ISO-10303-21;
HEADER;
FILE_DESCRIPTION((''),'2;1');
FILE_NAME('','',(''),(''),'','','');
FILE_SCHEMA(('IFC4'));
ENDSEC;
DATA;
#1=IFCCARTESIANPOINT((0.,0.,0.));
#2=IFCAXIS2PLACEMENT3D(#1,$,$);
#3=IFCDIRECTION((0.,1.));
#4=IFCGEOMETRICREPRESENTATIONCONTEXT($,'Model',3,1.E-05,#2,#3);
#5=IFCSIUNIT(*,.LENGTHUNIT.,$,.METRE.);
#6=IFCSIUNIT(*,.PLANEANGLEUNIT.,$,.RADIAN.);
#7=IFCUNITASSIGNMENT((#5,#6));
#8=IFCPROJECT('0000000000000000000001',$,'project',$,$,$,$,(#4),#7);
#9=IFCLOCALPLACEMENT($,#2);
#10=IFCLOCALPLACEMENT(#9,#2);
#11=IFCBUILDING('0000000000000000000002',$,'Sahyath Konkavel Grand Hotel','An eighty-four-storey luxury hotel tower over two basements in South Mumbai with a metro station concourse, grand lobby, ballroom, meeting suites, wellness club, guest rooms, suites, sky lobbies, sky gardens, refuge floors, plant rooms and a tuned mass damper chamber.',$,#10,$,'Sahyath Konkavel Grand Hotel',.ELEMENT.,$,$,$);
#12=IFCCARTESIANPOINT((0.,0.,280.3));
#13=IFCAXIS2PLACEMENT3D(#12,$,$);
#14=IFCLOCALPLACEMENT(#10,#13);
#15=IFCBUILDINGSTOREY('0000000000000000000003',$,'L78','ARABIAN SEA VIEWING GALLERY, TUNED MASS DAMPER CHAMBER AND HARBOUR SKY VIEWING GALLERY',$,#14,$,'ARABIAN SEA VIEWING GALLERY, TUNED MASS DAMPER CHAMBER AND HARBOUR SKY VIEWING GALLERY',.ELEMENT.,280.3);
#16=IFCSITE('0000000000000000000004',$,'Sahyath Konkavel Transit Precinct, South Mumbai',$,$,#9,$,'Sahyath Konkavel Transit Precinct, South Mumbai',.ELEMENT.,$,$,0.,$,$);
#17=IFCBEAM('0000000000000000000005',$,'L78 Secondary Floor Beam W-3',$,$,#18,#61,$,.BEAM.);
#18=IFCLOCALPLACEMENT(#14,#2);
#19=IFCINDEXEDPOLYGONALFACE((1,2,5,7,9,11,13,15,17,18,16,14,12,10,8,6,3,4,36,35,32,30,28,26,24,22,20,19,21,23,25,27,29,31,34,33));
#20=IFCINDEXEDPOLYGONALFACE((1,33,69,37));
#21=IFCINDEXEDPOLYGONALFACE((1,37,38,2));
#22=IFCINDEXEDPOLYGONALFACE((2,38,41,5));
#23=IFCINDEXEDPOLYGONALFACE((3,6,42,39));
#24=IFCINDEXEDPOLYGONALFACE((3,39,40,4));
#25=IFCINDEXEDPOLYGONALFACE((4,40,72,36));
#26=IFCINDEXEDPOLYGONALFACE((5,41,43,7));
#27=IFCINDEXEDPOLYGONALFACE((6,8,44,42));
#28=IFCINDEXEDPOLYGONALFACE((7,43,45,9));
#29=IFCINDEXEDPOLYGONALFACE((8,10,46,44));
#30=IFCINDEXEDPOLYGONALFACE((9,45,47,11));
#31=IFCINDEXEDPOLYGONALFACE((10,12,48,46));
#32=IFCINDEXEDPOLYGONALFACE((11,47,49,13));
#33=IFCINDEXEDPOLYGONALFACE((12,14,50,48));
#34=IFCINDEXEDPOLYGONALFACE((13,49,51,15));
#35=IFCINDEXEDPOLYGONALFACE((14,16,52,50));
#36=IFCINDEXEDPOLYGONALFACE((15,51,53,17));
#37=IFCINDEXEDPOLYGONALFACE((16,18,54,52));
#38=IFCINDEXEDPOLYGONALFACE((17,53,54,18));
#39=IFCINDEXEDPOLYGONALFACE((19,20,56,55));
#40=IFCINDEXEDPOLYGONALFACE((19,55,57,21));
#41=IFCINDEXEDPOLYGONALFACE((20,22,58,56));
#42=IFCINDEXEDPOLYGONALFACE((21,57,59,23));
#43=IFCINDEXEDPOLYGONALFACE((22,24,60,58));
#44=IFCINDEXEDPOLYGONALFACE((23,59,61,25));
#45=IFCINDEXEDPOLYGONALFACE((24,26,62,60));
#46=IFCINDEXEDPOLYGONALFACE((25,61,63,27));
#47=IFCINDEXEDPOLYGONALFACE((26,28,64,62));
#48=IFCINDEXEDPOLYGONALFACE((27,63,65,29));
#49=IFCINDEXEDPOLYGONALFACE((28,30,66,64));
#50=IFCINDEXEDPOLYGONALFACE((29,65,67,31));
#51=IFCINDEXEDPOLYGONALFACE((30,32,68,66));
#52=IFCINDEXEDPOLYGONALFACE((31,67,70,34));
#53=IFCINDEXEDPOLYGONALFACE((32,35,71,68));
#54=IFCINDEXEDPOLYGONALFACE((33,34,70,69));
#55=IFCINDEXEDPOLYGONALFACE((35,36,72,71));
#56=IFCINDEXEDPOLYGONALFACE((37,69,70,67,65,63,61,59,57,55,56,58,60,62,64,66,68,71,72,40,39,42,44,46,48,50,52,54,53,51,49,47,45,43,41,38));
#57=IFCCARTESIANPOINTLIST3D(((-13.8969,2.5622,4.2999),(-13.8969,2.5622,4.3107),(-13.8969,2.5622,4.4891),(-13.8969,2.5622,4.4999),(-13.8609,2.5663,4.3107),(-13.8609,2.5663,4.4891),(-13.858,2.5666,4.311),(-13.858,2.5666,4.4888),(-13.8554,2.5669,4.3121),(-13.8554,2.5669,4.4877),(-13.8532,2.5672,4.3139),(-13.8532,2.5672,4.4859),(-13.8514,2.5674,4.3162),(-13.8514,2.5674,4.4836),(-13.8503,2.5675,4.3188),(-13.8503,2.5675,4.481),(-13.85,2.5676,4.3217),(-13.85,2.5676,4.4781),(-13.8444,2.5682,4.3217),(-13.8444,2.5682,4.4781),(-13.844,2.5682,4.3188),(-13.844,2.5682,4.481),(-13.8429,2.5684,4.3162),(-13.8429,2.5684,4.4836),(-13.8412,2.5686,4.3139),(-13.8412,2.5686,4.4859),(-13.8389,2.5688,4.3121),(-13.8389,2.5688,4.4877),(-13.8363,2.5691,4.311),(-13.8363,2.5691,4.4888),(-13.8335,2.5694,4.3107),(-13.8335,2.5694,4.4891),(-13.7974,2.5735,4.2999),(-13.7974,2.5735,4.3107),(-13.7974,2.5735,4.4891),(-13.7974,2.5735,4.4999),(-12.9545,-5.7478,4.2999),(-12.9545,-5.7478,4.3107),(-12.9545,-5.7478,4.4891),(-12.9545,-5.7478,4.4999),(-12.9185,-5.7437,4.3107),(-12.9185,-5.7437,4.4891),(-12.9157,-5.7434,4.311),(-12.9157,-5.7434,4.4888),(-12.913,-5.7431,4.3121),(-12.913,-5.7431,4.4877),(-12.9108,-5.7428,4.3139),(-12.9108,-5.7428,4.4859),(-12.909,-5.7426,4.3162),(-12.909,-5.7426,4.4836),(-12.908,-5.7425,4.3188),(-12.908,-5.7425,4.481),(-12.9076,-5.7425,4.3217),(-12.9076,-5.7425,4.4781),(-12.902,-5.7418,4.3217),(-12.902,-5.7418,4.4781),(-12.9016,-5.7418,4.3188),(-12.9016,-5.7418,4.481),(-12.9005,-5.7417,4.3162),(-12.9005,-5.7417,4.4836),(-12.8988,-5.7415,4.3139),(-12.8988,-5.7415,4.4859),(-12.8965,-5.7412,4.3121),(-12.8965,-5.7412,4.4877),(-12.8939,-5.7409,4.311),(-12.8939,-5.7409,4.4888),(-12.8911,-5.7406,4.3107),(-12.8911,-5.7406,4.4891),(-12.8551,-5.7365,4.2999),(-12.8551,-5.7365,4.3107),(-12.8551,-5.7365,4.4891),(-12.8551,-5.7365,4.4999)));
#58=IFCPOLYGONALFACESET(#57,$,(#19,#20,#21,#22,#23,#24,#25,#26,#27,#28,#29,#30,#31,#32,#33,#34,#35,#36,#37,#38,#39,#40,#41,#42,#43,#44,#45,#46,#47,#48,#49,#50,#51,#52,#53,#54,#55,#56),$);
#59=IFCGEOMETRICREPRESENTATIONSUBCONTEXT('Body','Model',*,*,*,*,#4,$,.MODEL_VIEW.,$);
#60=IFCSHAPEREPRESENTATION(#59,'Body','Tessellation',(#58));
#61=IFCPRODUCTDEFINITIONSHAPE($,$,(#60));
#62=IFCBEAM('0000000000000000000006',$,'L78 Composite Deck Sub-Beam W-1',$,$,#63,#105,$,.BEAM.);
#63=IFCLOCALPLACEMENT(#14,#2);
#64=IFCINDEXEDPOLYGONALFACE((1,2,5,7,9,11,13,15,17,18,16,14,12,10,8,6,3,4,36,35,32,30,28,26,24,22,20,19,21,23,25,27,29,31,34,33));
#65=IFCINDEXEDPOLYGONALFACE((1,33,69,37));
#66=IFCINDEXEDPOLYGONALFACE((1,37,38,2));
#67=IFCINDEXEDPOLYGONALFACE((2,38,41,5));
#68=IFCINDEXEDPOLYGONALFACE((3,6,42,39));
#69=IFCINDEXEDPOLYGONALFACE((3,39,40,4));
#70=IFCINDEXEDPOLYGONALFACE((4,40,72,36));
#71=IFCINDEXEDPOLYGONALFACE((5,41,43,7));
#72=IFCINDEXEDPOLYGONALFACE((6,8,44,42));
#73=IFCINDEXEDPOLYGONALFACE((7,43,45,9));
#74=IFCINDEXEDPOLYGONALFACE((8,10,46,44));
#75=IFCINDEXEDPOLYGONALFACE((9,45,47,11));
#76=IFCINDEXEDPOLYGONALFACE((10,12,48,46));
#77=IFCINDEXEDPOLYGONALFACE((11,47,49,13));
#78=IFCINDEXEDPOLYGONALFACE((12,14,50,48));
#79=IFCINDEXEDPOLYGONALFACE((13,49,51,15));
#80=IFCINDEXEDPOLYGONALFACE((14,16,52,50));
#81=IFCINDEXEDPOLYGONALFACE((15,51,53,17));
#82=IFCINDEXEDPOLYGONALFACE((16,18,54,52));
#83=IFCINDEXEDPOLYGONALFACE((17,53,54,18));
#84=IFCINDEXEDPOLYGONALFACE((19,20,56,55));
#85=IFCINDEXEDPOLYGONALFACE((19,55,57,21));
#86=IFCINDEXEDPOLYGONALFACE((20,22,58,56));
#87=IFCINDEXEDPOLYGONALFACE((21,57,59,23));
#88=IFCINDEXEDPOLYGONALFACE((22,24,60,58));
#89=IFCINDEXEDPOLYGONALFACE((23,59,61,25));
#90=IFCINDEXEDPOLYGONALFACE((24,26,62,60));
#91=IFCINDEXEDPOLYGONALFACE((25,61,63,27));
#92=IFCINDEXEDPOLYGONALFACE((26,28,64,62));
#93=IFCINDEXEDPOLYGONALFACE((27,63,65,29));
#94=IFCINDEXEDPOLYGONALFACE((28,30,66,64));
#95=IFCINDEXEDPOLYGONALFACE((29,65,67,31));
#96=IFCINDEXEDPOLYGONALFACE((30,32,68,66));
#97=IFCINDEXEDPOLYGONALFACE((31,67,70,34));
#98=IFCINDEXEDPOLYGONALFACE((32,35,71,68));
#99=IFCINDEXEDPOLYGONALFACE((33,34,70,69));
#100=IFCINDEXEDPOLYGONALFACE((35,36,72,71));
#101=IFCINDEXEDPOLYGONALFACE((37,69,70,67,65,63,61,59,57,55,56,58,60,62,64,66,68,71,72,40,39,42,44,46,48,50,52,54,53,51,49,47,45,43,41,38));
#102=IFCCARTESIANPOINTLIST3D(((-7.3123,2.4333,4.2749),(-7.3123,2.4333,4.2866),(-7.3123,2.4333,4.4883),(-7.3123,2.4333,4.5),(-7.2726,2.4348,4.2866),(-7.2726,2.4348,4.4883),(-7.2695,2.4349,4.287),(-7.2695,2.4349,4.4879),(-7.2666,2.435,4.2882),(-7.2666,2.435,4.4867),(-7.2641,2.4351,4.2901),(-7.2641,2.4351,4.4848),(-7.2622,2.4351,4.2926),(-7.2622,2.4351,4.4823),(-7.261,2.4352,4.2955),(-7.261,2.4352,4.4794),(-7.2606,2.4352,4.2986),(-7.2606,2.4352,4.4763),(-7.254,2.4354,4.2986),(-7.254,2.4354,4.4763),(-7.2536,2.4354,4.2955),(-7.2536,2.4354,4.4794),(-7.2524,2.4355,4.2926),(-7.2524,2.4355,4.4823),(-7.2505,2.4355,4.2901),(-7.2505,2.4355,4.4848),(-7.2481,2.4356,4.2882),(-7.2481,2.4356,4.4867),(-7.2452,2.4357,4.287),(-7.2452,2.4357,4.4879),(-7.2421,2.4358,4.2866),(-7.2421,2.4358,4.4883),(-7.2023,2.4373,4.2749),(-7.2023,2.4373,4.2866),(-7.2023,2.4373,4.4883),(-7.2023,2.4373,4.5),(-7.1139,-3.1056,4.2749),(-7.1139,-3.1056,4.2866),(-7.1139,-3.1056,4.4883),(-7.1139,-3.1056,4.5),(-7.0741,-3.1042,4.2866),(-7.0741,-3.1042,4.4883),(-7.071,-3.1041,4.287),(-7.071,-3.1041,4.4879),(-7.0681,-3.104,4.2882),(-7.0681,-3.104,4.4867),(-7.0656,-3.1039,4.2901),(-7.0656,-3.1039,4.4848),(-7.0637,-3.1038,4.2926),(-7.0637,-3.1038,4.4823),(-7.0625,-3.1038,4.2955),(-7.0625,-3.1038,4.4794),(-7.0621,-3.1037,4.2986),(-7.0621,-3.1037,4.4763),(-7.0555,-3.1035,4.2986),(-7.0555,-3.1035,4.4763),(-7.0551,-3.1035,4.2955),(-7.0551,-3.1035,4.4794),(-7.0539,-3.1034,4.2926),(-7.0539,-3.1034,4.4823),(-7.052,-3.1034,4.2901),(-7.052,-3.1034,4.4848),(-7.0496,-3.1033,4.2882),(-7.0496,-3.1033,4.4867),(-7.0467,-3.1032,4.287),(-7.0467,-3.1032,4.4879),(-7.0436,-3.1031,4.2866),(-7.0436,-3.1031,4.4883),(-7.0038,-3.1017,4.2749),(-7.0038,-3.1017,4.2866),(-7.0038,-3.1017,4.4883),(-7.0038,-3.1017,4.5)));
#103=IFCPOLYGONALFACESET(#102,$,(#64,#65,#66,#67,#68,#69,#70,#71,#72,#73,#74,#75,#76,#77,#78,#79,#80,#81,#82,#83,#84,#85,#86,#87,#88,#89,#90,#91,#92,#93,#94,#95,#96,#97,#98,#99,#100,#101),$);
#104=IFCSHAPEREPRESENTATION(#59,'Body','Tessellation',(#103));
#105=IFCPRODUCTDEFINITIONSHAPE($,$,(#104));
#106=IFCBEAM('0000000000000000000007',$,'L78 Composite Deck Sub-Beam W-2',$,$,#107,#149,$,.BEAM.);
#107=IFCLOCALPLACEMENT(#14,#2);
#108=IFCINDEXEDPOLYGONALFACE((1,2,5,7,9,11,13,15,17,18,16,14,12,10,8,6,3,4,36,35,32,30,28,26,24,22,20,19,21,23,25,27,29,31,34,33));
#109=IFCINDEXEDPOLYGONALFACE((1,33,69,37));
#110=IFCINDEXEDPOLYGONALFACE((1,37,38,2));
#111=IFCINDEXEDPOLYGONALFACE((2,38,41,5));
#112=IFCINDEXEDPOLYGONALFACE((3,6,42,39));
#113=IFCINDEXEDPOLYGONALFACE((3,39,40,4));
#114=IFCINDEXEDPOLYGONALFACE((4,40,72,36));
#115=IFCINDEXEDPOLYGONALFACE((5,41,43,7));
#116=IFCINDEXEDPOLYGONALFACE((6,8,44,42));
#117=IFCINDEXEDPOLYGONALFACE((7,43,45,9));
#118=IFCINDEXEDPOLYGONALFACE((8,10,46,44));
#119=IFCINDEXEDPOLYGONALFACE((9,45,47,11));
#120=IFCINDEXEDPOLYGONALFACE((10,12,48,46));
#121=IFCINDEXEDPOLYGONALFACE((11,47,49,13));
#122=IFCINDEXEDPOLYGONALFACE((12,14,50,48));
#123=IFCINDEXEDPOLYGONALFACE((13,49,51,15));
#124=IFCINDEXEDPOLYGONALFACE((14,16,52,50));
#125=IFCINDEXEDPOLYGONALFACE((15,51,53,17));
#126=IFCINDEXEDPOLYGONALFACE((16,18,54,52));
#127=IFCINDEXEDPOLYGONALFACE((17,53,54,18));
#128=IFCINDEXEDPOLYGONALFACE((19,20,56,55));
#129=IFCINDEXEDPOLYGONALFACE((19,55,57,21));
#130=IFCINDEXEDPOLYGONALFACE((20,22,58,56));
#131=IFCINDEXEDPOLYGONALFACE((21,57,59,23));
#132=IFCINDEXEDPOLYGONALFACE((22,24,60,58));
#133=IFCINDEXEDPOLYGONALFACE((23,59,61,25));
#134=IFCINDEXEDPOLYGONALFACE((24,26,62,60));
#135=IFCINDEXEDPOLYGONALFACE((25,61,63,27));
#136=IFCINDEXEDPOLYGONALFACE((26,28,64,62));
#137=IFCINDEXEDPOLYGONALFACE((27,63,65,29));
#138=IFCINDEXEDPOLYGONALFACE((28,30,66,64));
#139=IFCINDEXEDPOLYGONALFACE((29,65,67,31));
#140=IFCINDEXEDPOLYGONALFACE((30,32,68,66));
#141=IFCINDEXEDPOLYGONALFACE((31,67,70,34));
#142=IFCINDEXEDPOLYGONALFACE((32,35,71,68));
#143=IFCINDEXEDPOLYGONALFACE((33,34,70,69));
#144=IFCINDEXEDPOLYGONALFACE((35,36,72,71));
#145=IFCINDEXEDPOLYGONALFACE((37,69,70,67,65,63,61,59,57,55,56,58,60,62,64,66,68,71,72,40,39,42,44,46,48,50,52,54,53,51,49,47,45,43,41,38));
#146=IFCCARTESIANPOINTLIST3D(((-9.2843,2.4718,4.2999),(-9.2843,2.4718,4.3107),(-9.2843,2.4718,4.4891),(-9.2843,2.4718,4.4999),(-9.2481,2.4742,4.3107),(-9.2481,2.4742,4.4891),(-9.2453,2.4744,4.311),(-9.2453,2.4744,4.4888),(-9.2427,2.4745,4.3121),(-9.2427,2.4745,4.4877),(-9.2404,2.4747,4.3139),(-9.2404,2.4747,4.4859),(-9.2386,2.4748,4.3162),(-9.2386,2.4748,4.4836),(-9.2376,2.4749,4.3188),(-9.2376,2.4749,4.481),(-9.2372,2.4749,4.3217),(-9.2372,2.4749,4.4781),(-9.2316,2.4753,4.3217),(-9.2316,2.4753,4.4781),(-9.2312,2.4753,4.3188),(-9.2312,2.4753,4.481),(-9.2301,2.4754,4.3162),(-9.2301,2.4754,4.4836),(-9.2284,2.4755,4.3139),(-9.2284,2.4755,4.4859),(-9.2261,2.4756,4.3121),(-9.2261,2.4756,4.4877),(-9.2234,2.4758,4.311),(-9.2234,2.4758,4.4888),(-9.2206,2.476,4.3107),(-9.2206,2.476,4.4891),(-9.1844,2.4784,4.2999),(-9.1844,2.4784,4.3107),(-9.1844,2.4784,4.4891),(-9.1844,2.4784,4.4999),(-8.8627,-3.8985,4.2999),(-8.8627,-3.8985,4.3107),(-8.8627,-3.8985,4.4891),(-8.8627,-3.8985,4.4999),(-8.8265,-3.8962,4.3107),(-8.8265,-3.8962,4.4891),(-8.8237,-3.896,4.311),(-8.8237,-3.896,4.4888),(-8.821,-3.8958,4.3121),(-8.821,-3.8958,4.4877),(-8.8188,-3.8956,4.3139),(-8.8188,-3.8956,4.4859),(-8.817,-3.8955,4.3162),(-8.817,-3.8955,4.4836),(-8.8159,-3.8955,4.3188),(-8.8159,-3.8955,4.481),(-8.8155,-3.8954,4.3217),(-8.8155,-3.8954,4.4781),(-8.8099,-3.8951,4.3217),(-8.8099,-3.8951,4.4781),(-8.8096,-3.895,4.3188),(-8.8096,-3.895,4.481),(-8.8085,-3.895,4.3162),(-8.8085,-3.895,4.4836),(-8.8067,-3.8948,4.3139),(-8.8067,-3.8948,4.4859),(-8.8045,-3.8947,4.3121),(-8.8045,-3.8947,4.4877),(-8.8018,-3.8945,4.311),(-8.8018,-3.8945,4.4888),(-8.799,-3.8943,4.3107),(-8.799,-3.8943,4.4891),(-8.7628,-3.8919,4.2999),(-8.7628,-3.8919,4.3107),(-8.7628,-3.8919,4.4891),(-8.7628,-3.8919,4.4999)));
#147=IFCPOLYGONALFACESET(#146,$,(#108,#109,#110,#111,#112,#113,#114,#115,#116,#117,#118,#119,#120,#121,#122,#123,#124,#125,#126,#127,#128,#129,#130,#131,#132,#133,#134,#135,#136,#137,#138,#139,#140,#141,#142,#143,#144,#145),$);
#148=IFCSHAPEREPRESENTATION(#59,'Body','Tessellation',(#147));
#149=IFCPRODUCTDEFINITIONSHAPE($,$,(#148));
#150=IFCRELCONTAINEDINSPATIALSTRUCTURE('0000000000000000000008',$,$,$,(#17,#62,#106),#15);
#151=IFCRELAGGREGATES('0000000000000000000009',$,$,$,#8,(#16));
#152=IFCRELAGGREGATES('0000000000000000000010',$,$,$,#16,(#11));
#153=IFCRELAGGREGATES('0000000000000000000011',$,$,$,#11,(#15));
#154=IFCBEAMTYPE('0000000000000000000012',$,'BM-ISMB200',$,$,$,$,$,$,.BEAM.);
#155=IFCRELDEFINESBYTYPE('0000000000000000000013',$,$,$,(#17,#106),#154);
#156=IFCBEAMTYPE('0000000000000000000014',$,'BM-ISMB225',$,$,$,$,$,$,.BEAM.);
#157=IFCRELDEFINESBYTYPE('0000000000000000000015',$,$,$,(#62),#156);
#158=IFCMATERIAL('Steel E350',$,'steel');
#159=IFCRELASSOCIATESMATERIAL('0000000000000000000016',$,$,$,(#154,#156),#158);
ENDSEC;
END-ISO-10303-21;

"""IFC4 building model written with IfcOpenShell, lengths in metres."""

from ifc_helpers import new_model, si_unit, direction, frame, origin, origin_2d, place, context, subcontext, project, spatial, i_section, extrude, source, transform, mapped, material, material_profile, profile_set, type_object, element, save


model = new_model("IFC4")

# Units and contexts
model_context = context("Model", 3, precision=1e-05, world=origin(), true_north=direction((0.0, 1.0)))
body_context = subcontext(model_context, "Body", "Model", "MODEL_VIEW")
ifc_project = project(units=[si_unit("LENGTHUNIT", "METRE"), si_unit("PLANEANGLEUNIT", "RADIAN")], contexts=[model_context])

# Site, building, storey
site_placement = place(None, origin())
site = spatial("IfcSite", under=ifc_project, at=site_placement, Name="Sahyath Konkavel Transit Precinct, South Mumbai", LongName="Sahyath Konkavel Transit Precinct, South Mumbai", CompositionType="ELEMENT", RefElevation=0.0)
building_placement = place(site_placement, origin())
building = spatial("IfcBuilding", under=site, at=building_placement, Name="Sahyath Konkavel Grand Hotel", Description="An eighty-four-storey luxury hotel tower over two basements in South Mumbai with a metro station concourse, grand lobby, ballroom, meeting suites, wellness club, guest rooms, suites, sky lobbies, sky gardens, refuge floors, plant rooms and a tuned mass damper chamber.", LongName="Sahyath Konkavel Grand Hotel", CompositionType="ELEMENT")
storey_placement = place(building_placement, frame((0.0, 0.0, 280.3)))
storey = spatial("IfcBuildingStorey", under=building, at=storey_placement, Name="L78", Description="ARABIAN SEA VIEWING GALLERY, TUNED MASS DAMPER CHAMBER AND HARBOUR SKY VIEWING GALLERY", LongName="ARABIAN SEA VIEWING GALLERY, TUNED MASS DAMPER CHAMBER AND HARBOUR SKY VIEWING GALLERY", CompositionType="ELEMENT", Elevation=280.3)

# Beams
ifc_material_1 = material(Name="Steel E350", Category="steel")
ifc_material_profile_1 = material_profile(ifc_material_1, i_section(OverallWidth=0.1001, OverallDepth=0.2, WebThickness=0.0056, FlangeThickness=0.0107, FilletRadius=0.011, at=origin_2d()), Name="ISMB 200")
ifc_profile_set_1 = profile_set([ifc_material_profile_1], Name="Steel E350")
beam_type_1 = type_object("IfcBeamType", Name="BM-ISMB200", PredefinedType="BEAM", material=ifc_profile_set_1)
shared_shape_1 = source(origin(), body_context, "Body", "SweptSolid", [
    extrude(i_section(OverallWidth=0.1001, OverallDepth=0.2, WebThickness=0.0056, FlangeThickness=0.0107, FilletRadius=0.011, at=origin_2d()), origin(), (0.0, 0.0, 1.0), 8.3633),
])
beam_1_placement = place(storey_placement, frame((-13.8472, 2.5679, 4.3999), z_axis=(0.11268, -0.993631, 0.0), x_axis=(0.993631, 0.11268, 0.0)))
element("IfcBeam", 1, at=beam_1_placement, inside=storey, type_object=beam_type_1, Name="L78 Secondary Floor Beam W-3", PredefinedType="BEAM", context=body_context, shape_type="MappedRepresentation", body=[
    mapped(shared_shape_1, transform((0.0, 0.0, 0.0), scale=1.0)),
])
ifc_material_profile_2 = material_profile(ifc_material_1, i_section(OverallWidth=0.1101, OverallDepth=0.2251, WebThickness=0.0066, FlangeThickness=0.0117, FilletRadius=0.012, at=origin_2d()), Name="ISMB 225")
ifc_profile_set_2 = profile_set([ifc_material_profile_2], Name="Steel E350")
beam_type_2 = type_object("IfcBeamType", Name="BM-ISMB225", PredefinedType="BEAM", material=ifc_profile_set_2)
shared_shape_2 = source(origin(), body_context, "Body", "SweptSolid", [
    extrude(i_section(OverallWidth=0.1101, OverallDepth=0.2251, WebThickness=0.0066, FlangeThickness=0.0117, FilletRadius=0.012, at=origin_2d()), origin(), (0.0, 0.0, 1.0), 5.5425),
])
beam_2_placement = place(storey_placement, frame((-7.2573, 2.4353, 4.3875), z_axis=(0.035813, -0.999359, 0.0), x_axis=(0.999359, 0.035813, 0.0)))
element("IfcBeam", 2, at=beam_2_placement, inside=storey, type_object=beam_type_2, Name="L78 Composite Deck Sub-Beam W-1", PredefinedType="BEAM", context=body_context, shape_type="MappedRepresentation", body=[
    mapped(shared_shape_2, transform((0.0, 0.0, 0.0), scale=1.0)),
])
shared_shape_3 = source(origin(), body_context, "Body", "SweptSolid", [
    extrude(i_section(OverallWidth=0.1001, OverallDepth=0.2, WebThickness=0.0056, FlangeThickness=0.0107, FilletRadius=0.011, at=origin_2d()), origin(), (0.0, 0.0, 1.0), 6.3843),
])
beam_3_placement = place(storey_placement, frame((-9.2344, 2.4751, 4.3999), z_axis=(0.066042, -0.997817, 0.0), x_axis=(0.997817, 0.066042, 0.0)))
element("IfcBeam", 3, at=beam_3_placement, inside=storey, type_object=beam_type_1, Name="L78 Composite Deck Sub-Beam W-2", PredefinedType="BEAM", context=body_context, shape_type="MappedRepresentation", body=[
    mapped(shared_shape_3, transform((0.0, 0.0, 0.0), scale=1.0)),
])

save(model, "model.ifc")
